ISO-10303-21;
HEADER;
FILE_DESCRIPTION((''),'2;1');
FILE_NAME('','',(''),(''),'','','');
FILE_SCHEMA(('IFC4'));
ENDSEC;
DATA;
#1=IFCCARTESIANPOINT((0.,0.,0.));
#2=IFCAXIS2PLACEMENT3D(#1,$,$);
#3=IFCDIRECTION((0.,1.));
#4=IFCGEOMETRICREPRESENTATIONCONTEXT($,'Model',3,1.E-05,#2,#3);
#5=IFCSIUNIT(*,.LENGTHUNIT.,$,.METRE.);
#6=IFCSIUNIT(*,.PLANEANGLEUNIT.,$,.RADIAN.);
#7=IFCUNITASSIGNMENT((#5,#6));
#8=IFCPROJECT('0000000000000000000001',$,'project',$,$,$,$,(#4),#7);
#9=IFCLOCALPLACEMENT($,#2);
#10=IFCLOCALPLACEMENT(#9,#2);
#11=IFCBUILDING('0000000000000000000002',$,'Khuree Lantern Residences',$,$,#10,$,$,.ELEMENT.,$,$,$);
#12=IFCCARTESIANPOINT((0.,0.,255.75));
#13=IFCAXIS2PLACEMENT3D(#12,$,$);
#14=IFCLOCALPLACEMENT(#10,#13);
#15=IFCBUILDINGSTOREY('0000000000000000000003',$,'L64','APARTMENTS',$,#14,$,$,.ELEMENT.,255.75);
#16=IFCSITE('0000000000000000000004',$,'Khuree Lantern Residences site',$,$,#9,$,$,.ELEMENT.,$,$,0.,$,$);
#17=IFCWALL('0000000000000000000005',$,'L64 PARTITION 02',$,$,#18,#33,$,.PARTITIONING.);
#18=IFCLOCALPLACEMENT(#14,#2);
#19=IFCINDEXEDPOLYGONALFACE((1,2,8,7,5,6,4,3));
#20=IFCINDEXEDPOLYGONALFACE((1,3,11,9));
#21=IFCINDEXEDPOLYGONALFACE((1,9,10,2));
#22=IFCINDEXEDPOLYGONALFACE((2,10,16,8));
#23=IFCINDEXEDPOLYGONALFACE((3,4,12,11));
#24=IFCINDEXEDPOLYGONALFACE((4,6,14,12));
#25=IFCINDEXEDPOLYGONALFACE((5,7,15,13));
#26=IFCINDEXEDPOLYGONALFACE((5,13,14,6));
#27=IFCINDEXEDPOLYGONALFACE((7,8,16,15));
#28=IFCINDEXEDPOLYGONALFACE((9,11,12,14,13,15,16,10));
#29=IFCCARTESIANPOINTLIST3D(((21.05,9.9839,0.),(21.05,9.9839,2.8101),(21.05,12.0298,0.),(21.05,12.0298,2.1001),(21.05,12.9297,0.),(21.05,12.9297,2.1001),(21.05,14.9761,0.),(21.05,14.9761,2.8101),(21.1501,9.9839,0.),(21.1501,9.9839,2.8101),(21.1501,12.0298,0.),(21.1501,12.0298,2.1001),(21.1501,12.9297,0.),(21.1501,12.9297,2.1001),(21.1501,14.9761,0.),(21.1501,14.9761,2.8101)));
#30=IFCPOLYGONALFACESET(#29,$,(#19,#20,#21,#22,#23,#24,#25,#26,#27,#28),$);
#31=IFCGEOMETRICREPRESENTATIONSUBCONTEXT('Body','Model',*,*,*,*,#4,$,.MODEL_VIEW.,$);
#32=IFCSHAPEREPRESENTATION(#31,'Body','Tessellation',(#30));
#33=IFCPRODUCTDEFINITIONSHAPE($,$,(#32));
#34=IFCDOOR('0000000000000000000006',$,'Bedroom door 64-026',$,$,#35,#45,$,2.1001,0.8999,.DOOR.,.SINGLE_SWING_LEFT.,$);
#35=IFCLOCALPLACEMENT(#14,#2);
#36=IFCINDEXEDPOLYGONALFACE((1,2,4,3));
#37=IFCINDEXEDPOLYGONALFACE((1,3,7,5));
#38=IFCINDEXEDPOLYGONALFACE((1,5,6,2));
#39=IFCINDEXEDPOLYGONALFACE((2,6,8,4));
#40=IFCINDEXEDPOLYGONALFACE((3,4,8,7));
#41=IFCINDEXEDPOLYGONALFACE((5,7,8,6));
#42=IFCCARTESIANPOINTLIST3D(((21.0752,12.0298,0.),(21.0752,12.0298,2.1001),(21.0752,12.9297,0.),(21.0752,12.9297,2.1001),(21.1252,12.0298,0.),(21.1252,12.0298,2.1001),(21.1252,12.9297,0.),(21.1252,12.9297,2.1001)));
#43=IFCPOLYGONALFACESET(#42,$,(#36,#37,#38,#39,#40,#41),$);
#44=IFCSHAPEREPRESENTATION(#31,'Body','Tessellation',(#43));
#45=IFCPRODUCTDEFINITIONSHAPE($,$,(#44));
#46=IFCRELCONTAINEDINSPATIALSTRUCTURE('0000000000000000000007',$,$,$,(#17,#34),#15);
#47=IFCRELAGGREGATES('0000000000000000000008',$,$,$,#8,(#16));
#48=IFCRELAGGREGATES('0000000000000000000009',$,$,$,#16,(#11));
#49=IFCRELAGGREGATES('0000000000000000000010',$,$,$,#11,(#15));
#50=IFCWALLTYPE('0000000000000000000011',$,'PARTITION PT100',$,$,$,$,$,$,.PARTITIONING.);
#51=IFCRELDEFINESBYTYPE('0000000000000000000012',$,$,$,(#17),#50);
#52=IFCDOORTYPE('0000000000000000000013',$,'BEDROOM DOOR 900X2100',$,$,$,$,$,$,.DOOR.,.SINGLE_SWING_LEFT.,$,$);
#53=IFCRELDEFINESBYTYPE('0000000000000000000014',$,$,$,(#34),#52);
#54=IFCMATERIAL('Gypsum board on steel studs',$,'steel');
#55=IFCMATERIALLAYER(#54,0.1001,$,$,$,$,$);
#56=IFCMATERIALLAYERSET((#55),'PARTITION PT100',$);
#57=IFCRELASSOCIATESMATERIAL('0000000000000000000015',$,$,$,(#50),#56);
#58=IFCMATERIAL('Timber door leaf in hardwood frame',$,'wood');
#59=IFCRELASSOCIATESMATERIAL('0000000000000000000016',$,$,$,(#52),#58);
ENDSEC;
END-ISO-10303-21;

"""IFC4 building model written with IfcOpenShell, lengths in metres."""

from ifc_helpers import new_model, si_unit, direction, frame, frame_2d, origin, place, context, subcontext, project, spatial, rectangle, extrude, material, layer, layer_set, type_object, element, fill, save


model = new_model("IFC4")

# Units and contexts
model_context = context("Model", 3, precision=1e-05, world=origin(), true_north=direction((0.0, 1.0)))
body_context = subcontext(model_context, "Body", "Model", "MODEL_VIEW")
ifc_project = project(units=[si_unit("LENGTHUNIT", "METRE"), si_unit("PLANEANGLEUNIT", "RADIAN")], contexts=[model_context])

# Site, building, storey
site_placement = place(None, origin())
site = spatial("IfcSite", under=ifc_project, at=site_placement, Name="Khuree Lantern Residences site", CompositionType="ELEMENT", RefElevation=0.0)
building_placement = place(site_placement, origin())
building = spatial("IfcBuilding", under=site, at=building_placement, Name="Khuree Lantern Residences", CompositionType="ELEMENT")
storey_placement = place(building_placement, frame((0.0, 0.0, 255.75)))
storey = spatial("IfcBuildingStorey", under=building, at=storey_placement, Name="L64", Description="APARTMENTS", CompositionType="ELEMENT", Elevation=255.75)

# Shared definitions
ifc_material_1 = material(Name="Gypsum board on steel studs", Category="steel")
ifc_layer_1 = layer(ifc_material_1, 0.1001)
ifc_layer_set_1 = layer_set([ifc_layer_1], Name="PARTITION PT100")
wall_type_1 = type_object("IfcWallType", Name="PARTITION PT100", PredefinedType="PARTITIONING", material=ifc_layer_set_1)

# Wall, opening, door
ifc_material_2 = material(Name="Timber door leaf in hardwood frame", Category="wood")
door_type = type_object("IfcDoorType", Name="BEDROOM DOOR 900X2100", OperationType="SINGLE_SWING_LEFT", PredefinedType="DOOR", material=ifc_material_2)
wall_1_placement = place(storey_placement, frame((21.1001, 9.9839, 0.0), z_axis=(0.0, 0.0, 1.0), x_axis=(0.0, 1.0, 0.0)))
wall_1 = element("IfcWall", 1, at=wall_1_placement, inside=storey, type_object=wall_type_1, Name="L64 PARTITION 02", PredefinedType="PARTITIONING", context=body_context, shape_type="SweptSolid", body=[
    extrude(rectangle(XDim=4.9922, YDim=0.1001, at=frame_2d((2.4961, 0.0))), origin(), (0.0, 0.0, 1.0), 2.8101),
])
opening_1_placement = place(wall_1_placement, frame((2.0459, 0.0, 0.0)))
opening_1 = element("IfcOpeningElement", 2, at=opening_1_placement, cuts=wall_1, PredefinedType="OPENING", context=body_context, shape_type="SweptSolid", body=[
    extrude(rectangle(XDim=0.8999, YDim=2.1001, at=frame_2d((0.45, 1.05))), frame((0.0, 0.0601, 0.0), z_axis=(0.0, -1.0, 0.0), x_axis=(1.0, 0.0, 0.0)), (0.0, 0.0, 1.0), 0.1201),
])
door_1_placement = place(opening_1_placement, origin())
door_1 = element("IfcDoor", 3, at=door_1_placement, inside=storey, type_object=door_type, Name="Bedroom door 64-026", OperationType="SINGLE_SWING_LEFT", OverallHeight=2.1001, OverallWidth=0.8999, PredefinedType="DOOR", context=body_context, shape_type="SweptSolid", body=[
    extrude(rectangle(XDim=0.8999, YDim=2.1001, at=frame_2d((0.45, 1.05))), frame((0.0, 0.0249, 0.0), z_axis=(0.0, -1.0, 0.0), x_axis=(1.0, 0.0, 0.0)), (0.0, 0.0, 1.0), 0.05),
])
fill(opening_1, door_1)

save(model, "model.ifc")
